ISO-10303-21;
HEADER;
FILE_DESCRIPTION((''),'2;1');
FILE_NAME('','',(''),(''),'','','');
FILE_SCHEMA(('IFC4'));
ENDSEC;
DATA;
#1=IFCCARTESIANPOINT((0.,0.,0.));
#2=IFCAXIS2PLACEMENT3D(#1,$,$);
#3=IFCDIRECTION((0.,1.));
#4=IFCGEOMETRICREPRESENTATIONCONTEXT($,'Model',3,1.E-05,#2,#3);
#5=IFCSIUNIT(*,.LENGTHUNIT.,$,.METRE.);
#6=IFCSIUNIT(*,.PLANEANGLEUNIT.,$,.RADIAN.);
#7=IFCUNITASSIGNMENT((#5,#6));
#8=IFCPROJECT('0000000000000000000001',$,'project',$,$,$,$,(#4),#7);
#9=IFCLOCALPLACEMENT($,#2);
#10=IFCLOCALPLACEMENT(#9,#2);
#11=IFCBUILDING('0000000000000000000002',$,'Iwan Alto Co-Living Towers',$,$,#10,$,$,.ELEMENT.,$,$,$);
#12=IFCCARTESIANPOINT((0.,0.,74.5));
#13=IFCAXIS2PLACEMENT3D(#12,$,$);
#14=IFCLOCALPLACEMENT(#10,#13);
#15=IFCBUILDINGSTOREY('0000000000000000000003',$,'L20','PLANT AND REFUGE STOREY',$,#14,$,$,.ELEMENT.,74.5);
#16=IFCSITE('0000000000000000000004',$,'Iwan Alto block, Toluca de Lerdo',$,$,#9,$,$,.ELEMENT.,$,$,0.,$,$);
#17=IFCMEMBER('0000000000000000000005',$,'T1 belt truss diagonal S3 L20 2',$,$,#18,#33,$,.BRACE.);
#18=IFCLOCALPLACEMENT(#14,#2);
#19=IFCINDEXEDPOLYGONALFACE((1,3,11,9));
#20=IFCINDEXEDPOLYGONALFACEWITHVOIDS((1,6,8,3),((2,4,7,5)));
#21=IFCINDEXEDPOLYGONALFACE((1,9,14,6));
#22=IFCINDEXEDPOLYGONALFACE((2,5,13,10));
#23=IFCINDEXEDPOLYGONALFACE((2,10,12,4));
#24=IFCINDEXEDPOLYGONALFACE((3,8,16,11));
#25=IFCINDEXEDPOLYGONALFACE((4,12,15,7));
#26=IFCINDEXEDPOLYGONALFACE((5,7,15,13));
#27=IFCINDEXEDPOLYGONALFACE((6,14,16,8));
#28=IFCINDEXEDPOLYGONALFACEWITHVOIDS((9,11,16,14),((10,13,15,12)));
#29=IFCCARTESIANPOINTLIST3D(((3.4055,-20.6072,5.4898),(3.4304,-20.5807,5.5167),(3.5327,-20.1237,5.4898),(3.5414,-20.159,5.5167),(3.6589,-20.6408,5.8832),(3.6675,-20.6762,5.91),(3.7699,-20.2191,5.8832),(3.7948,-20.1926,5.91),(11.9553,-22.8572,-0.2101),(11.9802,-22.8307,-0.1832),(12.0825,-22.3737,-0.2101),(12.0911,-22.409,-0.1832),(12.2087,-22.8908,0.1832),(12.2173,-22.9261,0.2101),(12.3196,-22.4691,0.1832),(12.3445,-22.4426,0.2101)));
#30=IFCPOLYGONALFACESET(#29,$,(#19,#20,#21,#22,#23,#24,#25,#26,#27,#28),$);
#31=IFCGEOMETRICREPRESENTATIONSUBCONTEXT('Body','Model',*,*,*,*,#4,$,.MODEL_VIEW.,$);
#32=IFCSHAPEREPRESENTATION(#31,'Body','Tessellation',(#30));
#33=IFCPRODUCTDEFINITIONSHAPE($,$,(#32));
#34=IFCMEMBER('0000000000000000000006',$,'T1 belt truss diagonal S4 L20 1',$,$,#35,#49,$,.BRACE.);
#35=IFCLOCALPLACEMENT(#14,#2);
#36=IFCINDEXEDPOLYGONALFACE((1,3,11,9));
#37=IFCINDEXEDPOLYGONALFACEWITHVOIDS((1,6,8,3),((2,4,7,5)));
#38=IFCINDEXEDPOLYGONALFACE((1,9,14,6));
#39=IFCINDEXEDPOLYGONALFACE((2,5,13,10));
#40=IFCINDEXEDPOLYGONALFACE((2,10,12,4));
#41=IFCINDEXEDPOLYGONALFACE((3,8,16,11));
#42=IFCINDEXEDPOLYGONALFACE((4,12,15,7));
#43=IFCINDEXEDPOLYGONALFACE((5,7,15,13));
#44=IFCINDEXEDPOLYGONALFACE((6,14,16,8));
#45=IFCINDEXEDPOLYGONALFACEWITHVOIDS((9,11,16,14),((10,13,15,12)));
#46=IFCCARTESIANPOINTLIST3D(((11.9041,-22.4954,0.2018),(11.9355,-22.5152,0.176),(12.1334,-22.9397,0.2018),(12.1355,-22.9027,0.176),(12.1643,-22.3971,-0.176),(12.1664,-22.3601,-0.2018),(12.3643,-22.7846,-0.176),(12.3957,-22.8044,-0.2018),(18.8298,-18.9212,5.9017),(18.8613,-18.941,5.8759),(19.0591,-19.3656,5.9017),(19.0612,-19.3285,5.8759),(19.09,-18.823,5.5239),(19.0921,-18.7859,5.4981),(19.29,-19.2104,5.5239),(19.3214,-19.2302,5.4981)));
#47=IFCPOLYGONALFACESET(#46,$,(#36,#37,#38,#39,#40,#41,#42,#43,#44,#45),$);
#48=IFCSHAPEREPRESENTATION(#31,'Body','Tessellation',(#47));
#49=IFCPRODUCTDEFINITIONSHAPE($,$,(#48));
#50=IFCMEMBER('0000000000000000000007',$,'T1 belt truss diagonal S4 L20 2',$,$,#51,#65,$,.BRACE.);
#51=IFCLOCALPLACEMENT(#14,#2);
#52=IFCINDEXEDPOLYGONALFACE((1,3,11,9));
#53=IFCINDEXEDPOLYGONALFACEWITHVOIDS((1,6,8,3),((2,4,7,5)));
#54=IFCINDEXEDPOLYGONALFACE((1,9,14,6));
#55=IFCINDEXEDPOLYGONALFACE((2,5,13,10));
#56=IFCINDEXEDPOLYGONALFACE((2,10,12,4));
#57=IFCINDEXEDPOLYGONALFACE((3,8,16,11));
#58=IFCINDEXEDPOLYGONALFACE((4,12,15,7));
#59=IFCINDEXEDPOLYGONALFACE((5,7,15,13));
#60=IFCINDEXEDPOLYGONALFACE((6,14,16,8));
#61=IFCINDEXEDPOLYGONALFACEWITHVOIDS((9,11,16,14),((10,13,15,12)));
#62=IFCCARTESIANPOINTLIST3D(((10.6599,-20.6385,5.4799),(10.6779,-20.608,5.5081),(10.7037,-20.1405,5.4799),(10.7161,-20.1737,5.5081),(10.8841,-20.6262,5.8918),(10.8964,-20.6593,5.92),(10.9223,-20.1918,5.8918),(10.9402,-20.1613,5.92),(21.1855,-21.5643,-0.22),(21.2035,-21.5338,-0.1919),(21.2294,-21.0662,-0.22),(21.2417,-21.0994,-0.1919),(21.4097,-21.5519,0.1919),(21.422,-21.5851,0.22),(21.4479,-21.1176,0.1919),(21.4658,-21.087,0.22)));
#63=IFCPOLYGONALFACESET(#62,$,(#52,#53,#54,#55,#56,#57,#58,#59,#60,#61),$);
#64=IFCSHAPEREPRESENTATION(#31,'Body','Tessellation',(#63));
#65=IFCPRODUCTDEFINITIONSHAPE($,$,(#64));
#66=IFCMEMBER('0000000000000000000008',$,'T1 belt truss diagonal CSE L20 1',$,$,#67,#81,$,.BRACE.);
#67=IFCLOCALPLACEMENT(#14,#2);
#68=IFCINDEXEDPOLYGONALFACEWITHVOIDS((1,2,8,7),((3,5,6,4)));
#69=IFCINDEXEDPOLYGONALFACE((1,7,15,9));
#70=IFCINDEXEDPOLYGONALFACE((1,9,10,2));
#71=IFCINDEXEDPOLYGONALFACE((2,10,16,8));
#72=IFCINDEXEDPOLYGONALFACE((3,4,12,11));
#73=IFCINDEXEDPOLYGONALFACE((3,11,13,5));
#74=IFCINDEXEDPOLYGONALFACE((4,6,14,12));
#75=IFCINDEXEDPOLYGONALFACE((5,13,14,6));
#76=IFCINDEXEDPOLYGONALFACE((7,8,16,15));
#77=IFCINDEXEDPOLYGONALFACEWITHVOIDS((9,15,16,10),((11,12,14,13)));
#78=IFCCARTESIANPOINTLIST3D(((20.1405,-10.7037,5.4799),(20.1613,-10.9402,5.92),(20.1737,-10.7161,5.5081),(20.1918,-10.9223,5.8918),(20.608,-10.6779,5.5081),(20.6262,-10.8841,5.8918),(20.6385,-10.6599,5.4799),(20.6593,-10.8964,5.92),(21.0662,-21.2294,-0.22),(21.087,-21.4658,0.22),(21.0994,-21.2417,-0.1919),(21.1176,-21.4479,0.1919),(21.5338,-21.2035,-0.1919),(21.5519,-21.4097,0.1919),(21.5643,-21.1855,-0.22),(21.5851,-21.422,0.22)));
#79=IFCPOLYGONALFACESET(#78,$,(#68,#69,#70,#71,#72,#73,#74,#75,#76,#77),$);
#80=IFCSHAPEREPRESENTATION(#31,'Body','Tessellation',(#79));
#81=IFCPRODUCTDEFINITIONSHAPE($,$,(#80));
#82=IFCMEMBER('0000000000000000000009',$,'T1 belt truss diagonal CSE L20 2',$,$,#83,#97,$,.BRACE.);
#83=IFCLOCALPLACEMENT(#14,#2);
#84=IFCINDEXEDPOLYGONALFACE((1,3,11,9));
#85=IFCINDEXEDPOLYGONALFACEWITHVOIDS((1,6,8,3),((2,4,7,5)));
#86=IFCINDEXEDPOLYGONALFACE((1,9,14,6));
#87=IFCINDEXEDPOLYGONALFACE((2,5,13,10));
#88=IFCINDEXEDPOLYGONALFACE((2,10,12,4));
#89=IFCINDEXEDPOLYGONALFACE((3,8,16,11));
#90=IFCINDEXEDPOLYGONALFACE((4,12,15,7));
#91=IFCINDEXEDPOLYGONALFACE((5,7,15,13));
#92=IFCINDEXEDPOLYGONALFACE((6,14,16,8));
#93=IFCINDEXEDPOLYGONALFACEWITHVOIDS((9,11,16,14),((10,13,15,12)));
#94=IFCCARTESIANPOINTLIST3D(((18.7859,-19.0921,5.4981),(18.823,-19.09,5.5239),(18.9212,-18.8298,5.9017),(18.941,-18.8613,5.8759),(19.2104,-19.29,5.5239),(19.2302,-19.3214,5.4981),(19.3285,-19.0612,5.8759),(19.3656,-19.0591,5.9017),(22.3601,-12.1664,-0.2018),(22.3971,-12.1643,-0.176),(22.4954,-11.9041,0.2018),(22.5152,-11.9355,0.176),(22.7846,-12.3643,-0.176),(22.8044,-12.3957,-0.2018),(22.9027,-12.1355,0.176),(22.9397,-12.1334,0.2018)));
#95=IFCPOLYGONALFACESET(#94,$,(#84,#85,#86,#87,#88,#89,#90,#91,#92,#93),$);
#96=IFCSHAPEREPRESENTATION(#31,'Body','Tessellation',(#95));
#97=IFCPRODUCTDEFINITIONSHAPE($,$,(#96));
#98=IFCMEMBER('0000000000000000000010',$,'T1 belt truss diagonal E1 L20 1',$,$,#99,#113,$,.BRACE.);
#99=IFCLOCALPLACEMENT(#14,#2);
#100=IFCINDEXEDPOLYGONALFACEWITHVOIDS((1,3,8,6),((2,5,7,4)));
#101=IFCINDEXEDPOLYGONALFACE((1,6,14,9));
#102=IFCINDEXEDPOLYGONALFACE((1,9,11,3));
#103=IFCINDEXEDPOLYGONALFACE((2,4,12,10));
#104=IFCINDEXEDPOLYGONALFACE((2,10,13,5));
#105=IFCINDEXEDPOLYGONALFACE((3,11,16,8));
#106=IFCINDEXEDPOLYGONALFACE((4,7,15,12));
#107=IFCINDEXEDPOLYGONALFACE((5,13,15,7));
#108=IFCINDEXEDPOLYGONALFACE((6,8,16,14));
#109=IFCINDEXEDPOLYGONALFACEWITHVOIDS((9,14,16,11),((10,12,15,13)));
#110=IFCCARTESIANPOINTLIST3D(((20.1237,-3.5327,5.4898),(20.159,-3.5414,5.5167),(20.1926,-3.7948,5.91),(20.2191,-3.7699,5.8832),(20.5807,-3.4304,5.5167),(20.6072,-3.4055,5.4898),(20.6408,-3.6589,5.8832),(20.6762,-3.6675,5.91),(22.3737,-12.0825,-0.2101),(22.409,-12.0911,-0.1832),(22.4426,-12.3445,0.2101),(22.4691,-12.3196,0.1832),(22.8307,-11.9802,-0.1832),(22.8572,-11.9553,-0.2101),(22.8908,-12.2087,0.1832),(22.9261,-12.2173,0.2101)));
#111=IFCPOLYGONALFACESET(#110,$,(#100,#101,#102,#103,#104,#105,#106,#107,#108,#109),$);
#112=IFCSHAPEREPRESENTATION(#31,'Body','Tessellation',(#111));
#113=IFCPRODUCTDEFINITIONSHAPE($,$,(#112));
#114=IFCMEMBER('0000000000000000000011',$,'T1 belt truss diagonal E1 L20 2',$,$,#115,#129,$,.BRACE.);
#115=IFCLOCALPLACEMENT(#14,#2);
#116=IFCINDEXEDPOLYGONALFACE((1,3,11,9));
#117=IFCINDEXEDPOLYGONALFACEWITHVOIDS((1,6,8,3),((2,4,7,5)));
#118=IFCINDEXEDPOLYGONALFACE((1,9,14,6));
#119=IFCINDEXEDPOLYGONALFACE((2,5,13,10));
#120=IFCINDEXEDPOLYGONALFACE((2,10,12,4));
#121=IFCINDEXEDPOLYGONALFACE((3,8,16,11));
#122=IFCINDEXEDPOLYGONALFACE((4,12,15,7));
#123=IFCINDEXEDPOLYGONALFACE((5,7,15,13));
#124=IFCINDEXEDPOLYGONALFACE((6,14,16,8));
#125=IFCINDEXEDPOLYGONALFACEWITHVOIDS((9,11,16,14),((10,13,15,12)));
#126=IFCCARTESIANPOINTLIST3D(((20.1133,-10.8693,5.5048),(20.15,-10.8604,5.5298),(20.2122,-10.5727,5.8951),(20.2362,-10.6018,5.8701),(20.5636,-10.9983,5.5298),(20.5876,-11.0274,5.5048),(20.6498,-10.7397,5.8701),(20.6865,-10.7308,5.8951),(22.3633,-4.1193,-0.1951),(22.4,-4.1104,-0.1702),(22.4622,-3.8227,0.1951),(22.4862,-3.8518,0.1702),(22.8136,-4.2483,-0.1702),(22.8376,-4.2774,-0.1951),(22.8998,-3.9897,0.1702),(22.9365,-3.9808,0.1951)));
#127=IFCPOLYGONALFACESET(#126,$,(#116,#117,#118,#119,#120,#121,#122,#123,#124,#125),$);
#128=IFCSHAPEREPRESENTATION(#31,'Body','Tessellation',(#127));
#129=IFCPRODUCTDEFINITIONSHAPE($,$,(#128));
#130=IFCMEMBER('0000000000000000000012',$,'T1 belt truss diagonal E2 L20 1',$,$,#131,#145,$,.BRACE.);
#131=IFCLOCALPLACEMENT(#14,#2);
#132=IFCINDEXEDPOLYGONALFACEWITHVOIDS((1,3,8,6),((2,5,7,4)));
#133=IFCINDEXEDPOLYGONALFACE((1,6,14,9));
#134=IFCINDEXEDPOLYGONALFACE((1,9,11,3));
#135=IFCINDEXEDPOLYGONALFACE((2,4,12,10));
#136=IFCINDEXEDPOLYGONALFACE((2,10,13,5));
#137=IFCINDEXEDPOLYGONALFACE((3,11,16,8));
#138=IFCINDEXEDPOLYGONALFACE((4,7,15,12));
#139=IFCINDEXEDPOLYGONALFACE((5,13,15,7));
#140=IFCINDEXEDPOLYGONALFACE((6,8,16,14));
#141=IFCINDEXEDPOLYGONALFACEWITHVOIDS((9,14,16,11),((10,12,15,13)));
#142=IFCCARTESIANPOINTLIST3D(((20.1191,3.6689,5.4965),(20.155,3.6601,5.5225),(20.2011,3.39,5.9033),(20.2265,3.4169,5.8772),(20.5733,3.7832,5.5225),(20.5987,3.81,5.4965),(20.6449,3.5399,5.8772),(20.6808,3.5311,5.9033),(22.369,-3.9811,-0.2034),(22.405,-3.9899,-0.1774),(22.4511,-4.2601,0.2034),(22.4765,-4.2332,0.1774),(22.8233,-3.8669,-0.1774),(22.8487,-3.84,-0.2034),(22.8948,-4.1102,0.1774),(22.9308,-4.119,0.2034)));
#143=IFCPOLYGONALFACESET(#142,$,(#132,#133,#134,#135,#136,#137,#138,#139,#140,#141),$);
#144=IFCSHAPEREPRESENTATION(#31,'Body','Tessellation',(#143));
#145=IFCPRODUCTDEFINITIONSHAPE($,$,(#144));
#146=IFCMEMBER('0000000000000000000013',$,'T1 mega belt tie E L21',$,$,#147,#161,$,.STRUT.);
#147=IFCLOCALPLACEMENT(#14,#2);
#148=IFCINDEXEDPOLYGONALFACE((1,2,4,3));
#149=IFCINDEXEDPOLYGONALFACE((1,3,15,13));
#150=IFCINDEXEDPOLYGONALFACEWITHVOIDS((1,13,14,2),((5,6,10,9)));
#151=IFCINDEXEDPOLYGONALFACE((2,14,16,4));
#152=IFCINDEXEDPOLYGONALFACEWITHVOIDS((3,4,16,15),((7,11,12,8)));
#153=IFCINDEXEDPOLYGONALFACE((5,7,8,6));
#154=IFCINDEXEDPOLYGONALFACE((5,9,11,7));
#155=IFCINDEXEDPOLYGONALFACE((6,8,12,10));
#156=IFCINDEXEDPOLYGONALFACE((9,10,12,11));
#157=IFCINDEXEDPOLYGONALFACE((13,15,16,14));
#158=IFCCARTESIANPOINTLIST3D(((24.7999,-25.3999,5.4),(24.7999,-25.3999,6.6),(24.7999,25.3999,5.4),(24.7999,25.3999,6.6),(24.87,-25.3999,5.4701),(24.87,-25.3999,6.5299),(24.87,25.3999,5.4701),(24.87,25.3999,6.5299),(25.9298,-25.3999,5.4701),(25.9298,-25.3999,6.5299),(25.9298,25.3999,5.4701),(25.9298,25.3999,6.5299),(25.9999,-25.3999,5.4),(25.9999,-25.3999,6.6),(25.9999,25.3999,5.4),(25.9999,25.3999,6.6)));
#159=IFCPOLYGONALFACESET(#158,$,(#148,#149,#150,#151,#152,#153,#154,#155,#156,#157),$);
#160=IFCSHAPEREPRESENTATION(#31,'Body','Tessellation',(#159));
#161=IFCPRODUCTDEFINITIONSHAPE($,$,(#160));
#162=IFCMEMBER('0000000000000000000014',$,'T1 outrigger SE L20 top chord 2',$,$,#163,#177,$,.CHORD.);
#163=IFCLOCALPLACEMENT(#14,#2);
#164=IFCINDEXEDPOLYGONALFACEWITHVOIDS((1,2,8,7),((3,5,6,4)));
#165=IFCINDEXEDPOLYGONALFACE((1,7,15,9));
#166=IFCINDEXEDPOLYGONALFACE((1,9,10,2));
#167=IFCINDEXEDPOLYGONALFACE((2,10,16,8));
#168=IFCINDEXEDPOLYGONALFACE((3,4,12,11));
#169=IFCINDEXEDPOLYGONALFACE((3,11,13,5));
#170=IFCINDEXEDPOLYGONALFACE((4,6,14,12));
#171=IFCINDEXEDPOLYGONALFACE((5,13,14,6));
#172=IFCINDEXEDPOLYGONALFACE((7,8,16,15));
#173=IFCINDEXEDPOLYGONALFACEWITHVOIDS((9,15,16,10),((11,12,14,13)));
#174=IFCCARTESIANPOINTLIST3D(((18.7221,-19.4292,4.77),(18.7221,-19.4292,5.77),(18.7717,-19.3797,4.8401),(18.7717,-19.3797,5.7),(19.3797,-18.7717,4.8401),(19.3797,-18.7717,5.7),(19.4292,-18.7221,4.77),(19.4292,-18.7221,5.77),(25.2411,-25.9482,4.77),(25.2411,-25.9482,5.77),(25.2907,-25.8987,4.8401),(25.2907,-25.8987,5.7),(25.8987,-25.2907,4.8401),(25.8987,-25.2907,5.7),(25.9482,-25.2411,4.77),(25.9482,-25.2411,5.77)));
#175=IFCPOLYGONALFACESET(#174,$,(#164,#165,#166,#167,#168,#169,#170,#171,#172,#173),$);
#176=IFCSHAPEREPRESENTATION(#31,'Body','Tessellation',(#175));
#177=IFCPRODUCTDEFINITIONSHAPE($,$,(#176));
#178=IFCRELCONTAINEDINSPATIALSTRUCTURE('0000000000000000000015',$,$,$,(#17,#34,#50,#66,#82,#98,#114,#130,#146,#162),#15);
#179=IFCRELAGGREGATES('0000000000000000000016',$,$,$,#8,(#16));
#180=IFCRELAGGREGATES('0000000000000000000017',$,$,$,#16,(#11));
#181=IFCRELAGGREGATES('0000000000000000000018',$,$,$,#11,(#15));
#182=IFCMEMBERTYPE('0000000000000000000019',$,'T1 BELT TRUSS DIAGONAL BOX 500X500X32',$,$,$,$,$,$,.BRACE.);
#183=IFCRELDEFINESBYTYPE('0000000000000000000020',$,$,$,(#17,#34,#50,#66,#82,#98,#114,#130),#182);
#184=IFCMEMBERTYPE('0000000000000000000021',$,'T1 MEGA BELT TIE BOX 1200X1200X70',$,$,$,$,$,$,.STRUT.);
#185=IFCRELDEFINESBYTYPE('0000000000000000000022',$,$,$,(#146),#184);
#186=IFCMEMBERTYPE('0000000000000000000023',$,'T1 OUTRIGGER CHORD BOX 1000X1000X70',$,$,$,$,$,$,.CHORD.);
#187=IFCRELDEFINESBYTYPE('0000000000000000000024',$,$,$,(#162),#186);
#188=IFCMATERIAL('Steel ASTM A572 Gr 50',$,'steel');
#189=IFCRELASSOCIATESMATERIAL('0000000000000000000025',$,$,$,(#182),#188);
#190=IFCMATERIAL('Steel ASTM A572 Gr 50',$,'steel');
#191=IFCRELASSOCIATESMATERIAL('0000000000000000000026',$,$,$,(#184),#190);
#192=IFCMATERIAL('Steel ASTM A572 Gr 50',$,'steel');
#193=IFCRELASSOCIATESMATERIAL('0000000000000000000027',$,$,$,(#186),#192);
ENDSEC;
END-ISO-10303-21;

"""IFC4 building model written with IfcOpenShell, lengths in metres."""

from ifc_helpers import new_model, si_unit, direction, frame, origin, origin_2d, place, context, subcontext, project, spatial, hollow_rectangle, extrude, material, material_profile, profile_set, type_object, element, save


model = new_model("IFC4")

# Units and contexts
model_context = context("Model", 3, precision=1e-05, world=origin(), true_north=direction((0.0, 1.0)))
body_context = subcontext(model_context, "Body", "Model", "MODEL_VIEW")
ifc_project = project(units=[si_unit("LENGTHUNIT", "METRE"), si_unit("PLANEANGLEUNIT", "RADIAN")], contexts=[model_context])

# Site, building, storey
site_placement = place(None, origin())
site = spatial("IfcSite", under=ifc_project, at=site_placement, Name="Iwan Alto block, Toluca de Lerdo", CompositionType="ELEMENT", RefElevation=0.0)
building_placement = place(site_placement, origin())
building = spatial("IfcBuilding", under=site, at=building_placement, Name="Iwan Alto Co-Living Towers", CompositionType="ELEMENT")
storey_placement = place(building_placement, frame((0.0, 0.0, 74.5)))
storey = spatial("IfcBuildingStorey", under=building, at=storey_placement, Name="L20", Description="PLANT AND REFUGE STOREY", CompositionType="ELEMENT", Elevation=74.5)

# Members
ifc_material_1 = material(Name="Steel ASTM A572 Gr 50", Category="steel")
ifc_material_profile_1 = material_profile(ifc_material_1, hollow_rectangle(XDim=0.5, YDim=0.5, WallThickness=0.032, at=origin_2d()), Name="BOX 500X500X32")
ifc_profile_set_1 = profile_set([ifc_material_profile_1], Name="Steel ASTM A572 Gr 50")
member_type_1 = type_object("IfcMemberType", Name="T1 BELT TRUSS DIAGONAL BOX 500X500X32", PredefinedType="BRACE", material=ifc_profile_set_1)
member_1_placement = place(storey_placement, frame((12.1499, -22.6499, 0.0), z_axis=(-0.81279, 0.213897, 0.541868), x_axis=(-0.254499, -0.967073, 0.0)))
element("IfcMember", 1, at=member_1_placement, inside=storey, type_object=member_type_1, Name="T1 belt truss diagonal S3 L20 2", PredefinedType="BRACE", context=body_context, shape_type="SweptSolid", body=[
    extrude(hollow_rectangle(XDim=0.5, YDim=0.5, WallThickness=0.032, at=origin_2d()), origin(), (0.0, 0.0, 1.0), 10.519),
])
member_2_placement = place(storey_placement, frame((12.1499, -22.6499, 0.0), z_axis=(0.71728, 0.37017, 0.590325), x_axis=(-0.458605, 0.88864, 0.0)))
element("IfcMember", 2, at=member_2_placement, inside=storey, type_object=member_type_1, Name="T1 belt truss diagonal S4 L20 1", PredefinedType="BRACE", context=body_context, shape_type="SweptSolid", body=[
    extrude(hollow_rectangle(XDim=0.5, YDim=0.5, WallThickness=0.032, at=origin_2d()), origin(), (0.0, 0.0, 1.0), 9.6555),
])
for number, where, z_axis, x_axis, name in (
    (3, (21.3257, -21.3257, 0.0), (-0.876724, 0.077112, 0.474773), (-0.087617, -0.996154, 0.0), "T1 belt truss diagonal S4 L20 2"),
    (4, (21.3257, -21.3257, 0.0), (-0.077112, 0.876724, 0.474773), (-0.996154, -0.087617, 0.0), "T1 belt truss diagonal CSE L20 1"),
):
    element("IfcMember", number, at=place(storey_placement, frame(where, z_axis=z_axis, x_axis=x_axis)), inside=storey, type_object=member_type_1, Name=name, PredefinedType="BRACE", context=body_context, shape_type="SweptSolid", body=[
        extrude(hollow_rectangle(XDim=0.5, YDim=0.5, WallThickness=0.032, at=origin_2d()), origin(), (0.0, 0.0, 1.0), 12.0056),
    ])
member_3_placement = place(storey_placement, frame((22.6499, -12.1499, 0.0), z_axis=(-0.37017, -0.71728, 0.590325), x_axis=(0.88864, -0.458605, 0.0)))
element("IfcMember", 5, at=member_3_placement, inside=storey, type_object=member_type_1, Name="T1 belt truss diagonal CSE L20 2", PredefinedType="BRACE", context=body_context, shape_type="SweptSolid", body=[
    extrude(hollow_rectangle(XDim=0.5, YDim=0.5, WallThickness=0.032, at=origin_2d()), origin(), (0.0, 0.0, 1.0), 9.6555),
])
member_4_placement = place(storey_placement, frame((22.6499, -12.1499, 0.0), z_axis=(-0.213897, 0.81279, 0.541868), x_axis=(-0.967073, -0.254499, 0.0)))
element("IfcMember", 6, at=member_4_placement, inside=storey, type_object=member_type_1, Name="T1 belt truss diagonal E1 L20 1", PredefinedType="BRACE", context=body_context, shape_type="SweptSolid", body=[
    extrude(hollow_rectangle(XDim=0.5, YDim=0.5, WallThickness=0.032, at=origin_2d()), origin(), (0.0, 0.0, 1.0), 10.519),
])
member_5_placement = place(storey_placement, frame((22.6499, -4.05, 0.0), z_axis=(-0.246799, -0.740398, 0.62522), x_axis=(0.948683, -0.316228, 0.0)))
element("IfcMember", 7, at=member_5_placement, inside=storey, type_object=member_type_1, Name="T1 belt truss diagonal E1 L20 2", PredefinedType="BRACE", context=body_context, shape_type="SweptSolid", body=[
    extrude(hollow_rectangle(XDim=0.5, YDim=0.5, WallThickness=0.032, at=origin_2d()), origin(), (0.0, 0.0, 1.0), 9.1167),
])
member_6_placement = place(storey_placement, frame((22.6499, -4.05, 0.0), z_axis=(-0.229548, 0.780478, 0.581517), x_axis=(-0.959367, -0.282161, 0.0)))
element("IfcMember", 8, at=member_6_placement, inside=storey, type_object=member_type_1, Name="T1 belt truss diagonal E2 L20 1", PredefinedType="BRACE", context=body_context, shape_type="SweptSolid", body=[
    extrude(hollow_rectangle(XDim=0.5, YDim=0.5, WallThickness=0.032, at=origin_2d()), origin(), (0.0, 0.0, 1.0), 9.8018),
])
ifc_material_2 = material(Name="Steel ASTM A572 Gr 50", Category="steel")
ifc_material_profile_2 = material_profile(ifc_material_2, hollow_rectangle(XDim=1.2, YDim=1.2, WallThickness=0.0701, at=origin_2d()), Name="BOX 1200X1200X70")
ifc_profile_set_2 = profile_set([ifc_material_profile_2], Name="Steel ASTM A572 Gr 50")
member_type_2 = type_object("IfcMemberType", Name="T1 MEGA BELT TIE BOX 1200X1200X70", PredefinedType="STRUT", material=ifc_profile_set_2)
member_7_placement = place(storey_placement, frame((25.3999, -25.3999, 6.0), z_axis=(0.0, 1.0, 0.0), x_axis=(-1.0, 0.0, 0.0)))
element("IfcMember", 9, at=member_7_placement, inside=storey, type_object=member_type_2, Name="T1 mega belt tie E L21", PredefinedType="STRUT", context=body_context, shape_type="SweptSolid", body=[
    extrude(hollow_rectangle(XDim=1.2, YDim=1.2, WallThickness=0.0701, at=origin_2d()), origin(), (0.0, 0.0, 1.0), 50.7998),
])
ifc_material_3 = material(Name="Steel ASTM A572 Gr 50", Category="steel")
ifc_material_profile_3 = material_profile(ifc_material_3, hollow_rectangle(XDim=1.0, YDim=1.0, WallThickness=0.0701, at=origin_2d()), Name="BOX 1000X1000X70")
ifc_profile_set_3 = profile_set([ifc_material_profile_3], Name="Steel ASTM A572 Gr 50")
member_type_3 = type_object("IfcMemberType", Name="T1 OUTRIGGER CHORD BOX 1000X1000X70", PredefinedType="CHORD", material=ifc_profile_set_3)
member_8_placement = place(storey_placement, frame((19.0757, -19.0757, 5.27), z_axis=(0.707107, -0.707107, 0.0), x_axis=(0.707107, 0.707107, 0.0)))
element("IfcMember", 10, at=member_8_placement, inside=storey, type_object=member_type_3, Name="T1 outrigger SE L20 top chord 2", PredefinedType="CHORD", context=body_context, shape_type="SweptSolid", body=[
    extrude(hollow_rectangle(XDim=1.0, YDim=1.0, WallThickness=0.0701, at=origin_2d()), origin(), (0.0, 0.0, 1.0), 9.2192),
])

save(model, "model.ifc")
